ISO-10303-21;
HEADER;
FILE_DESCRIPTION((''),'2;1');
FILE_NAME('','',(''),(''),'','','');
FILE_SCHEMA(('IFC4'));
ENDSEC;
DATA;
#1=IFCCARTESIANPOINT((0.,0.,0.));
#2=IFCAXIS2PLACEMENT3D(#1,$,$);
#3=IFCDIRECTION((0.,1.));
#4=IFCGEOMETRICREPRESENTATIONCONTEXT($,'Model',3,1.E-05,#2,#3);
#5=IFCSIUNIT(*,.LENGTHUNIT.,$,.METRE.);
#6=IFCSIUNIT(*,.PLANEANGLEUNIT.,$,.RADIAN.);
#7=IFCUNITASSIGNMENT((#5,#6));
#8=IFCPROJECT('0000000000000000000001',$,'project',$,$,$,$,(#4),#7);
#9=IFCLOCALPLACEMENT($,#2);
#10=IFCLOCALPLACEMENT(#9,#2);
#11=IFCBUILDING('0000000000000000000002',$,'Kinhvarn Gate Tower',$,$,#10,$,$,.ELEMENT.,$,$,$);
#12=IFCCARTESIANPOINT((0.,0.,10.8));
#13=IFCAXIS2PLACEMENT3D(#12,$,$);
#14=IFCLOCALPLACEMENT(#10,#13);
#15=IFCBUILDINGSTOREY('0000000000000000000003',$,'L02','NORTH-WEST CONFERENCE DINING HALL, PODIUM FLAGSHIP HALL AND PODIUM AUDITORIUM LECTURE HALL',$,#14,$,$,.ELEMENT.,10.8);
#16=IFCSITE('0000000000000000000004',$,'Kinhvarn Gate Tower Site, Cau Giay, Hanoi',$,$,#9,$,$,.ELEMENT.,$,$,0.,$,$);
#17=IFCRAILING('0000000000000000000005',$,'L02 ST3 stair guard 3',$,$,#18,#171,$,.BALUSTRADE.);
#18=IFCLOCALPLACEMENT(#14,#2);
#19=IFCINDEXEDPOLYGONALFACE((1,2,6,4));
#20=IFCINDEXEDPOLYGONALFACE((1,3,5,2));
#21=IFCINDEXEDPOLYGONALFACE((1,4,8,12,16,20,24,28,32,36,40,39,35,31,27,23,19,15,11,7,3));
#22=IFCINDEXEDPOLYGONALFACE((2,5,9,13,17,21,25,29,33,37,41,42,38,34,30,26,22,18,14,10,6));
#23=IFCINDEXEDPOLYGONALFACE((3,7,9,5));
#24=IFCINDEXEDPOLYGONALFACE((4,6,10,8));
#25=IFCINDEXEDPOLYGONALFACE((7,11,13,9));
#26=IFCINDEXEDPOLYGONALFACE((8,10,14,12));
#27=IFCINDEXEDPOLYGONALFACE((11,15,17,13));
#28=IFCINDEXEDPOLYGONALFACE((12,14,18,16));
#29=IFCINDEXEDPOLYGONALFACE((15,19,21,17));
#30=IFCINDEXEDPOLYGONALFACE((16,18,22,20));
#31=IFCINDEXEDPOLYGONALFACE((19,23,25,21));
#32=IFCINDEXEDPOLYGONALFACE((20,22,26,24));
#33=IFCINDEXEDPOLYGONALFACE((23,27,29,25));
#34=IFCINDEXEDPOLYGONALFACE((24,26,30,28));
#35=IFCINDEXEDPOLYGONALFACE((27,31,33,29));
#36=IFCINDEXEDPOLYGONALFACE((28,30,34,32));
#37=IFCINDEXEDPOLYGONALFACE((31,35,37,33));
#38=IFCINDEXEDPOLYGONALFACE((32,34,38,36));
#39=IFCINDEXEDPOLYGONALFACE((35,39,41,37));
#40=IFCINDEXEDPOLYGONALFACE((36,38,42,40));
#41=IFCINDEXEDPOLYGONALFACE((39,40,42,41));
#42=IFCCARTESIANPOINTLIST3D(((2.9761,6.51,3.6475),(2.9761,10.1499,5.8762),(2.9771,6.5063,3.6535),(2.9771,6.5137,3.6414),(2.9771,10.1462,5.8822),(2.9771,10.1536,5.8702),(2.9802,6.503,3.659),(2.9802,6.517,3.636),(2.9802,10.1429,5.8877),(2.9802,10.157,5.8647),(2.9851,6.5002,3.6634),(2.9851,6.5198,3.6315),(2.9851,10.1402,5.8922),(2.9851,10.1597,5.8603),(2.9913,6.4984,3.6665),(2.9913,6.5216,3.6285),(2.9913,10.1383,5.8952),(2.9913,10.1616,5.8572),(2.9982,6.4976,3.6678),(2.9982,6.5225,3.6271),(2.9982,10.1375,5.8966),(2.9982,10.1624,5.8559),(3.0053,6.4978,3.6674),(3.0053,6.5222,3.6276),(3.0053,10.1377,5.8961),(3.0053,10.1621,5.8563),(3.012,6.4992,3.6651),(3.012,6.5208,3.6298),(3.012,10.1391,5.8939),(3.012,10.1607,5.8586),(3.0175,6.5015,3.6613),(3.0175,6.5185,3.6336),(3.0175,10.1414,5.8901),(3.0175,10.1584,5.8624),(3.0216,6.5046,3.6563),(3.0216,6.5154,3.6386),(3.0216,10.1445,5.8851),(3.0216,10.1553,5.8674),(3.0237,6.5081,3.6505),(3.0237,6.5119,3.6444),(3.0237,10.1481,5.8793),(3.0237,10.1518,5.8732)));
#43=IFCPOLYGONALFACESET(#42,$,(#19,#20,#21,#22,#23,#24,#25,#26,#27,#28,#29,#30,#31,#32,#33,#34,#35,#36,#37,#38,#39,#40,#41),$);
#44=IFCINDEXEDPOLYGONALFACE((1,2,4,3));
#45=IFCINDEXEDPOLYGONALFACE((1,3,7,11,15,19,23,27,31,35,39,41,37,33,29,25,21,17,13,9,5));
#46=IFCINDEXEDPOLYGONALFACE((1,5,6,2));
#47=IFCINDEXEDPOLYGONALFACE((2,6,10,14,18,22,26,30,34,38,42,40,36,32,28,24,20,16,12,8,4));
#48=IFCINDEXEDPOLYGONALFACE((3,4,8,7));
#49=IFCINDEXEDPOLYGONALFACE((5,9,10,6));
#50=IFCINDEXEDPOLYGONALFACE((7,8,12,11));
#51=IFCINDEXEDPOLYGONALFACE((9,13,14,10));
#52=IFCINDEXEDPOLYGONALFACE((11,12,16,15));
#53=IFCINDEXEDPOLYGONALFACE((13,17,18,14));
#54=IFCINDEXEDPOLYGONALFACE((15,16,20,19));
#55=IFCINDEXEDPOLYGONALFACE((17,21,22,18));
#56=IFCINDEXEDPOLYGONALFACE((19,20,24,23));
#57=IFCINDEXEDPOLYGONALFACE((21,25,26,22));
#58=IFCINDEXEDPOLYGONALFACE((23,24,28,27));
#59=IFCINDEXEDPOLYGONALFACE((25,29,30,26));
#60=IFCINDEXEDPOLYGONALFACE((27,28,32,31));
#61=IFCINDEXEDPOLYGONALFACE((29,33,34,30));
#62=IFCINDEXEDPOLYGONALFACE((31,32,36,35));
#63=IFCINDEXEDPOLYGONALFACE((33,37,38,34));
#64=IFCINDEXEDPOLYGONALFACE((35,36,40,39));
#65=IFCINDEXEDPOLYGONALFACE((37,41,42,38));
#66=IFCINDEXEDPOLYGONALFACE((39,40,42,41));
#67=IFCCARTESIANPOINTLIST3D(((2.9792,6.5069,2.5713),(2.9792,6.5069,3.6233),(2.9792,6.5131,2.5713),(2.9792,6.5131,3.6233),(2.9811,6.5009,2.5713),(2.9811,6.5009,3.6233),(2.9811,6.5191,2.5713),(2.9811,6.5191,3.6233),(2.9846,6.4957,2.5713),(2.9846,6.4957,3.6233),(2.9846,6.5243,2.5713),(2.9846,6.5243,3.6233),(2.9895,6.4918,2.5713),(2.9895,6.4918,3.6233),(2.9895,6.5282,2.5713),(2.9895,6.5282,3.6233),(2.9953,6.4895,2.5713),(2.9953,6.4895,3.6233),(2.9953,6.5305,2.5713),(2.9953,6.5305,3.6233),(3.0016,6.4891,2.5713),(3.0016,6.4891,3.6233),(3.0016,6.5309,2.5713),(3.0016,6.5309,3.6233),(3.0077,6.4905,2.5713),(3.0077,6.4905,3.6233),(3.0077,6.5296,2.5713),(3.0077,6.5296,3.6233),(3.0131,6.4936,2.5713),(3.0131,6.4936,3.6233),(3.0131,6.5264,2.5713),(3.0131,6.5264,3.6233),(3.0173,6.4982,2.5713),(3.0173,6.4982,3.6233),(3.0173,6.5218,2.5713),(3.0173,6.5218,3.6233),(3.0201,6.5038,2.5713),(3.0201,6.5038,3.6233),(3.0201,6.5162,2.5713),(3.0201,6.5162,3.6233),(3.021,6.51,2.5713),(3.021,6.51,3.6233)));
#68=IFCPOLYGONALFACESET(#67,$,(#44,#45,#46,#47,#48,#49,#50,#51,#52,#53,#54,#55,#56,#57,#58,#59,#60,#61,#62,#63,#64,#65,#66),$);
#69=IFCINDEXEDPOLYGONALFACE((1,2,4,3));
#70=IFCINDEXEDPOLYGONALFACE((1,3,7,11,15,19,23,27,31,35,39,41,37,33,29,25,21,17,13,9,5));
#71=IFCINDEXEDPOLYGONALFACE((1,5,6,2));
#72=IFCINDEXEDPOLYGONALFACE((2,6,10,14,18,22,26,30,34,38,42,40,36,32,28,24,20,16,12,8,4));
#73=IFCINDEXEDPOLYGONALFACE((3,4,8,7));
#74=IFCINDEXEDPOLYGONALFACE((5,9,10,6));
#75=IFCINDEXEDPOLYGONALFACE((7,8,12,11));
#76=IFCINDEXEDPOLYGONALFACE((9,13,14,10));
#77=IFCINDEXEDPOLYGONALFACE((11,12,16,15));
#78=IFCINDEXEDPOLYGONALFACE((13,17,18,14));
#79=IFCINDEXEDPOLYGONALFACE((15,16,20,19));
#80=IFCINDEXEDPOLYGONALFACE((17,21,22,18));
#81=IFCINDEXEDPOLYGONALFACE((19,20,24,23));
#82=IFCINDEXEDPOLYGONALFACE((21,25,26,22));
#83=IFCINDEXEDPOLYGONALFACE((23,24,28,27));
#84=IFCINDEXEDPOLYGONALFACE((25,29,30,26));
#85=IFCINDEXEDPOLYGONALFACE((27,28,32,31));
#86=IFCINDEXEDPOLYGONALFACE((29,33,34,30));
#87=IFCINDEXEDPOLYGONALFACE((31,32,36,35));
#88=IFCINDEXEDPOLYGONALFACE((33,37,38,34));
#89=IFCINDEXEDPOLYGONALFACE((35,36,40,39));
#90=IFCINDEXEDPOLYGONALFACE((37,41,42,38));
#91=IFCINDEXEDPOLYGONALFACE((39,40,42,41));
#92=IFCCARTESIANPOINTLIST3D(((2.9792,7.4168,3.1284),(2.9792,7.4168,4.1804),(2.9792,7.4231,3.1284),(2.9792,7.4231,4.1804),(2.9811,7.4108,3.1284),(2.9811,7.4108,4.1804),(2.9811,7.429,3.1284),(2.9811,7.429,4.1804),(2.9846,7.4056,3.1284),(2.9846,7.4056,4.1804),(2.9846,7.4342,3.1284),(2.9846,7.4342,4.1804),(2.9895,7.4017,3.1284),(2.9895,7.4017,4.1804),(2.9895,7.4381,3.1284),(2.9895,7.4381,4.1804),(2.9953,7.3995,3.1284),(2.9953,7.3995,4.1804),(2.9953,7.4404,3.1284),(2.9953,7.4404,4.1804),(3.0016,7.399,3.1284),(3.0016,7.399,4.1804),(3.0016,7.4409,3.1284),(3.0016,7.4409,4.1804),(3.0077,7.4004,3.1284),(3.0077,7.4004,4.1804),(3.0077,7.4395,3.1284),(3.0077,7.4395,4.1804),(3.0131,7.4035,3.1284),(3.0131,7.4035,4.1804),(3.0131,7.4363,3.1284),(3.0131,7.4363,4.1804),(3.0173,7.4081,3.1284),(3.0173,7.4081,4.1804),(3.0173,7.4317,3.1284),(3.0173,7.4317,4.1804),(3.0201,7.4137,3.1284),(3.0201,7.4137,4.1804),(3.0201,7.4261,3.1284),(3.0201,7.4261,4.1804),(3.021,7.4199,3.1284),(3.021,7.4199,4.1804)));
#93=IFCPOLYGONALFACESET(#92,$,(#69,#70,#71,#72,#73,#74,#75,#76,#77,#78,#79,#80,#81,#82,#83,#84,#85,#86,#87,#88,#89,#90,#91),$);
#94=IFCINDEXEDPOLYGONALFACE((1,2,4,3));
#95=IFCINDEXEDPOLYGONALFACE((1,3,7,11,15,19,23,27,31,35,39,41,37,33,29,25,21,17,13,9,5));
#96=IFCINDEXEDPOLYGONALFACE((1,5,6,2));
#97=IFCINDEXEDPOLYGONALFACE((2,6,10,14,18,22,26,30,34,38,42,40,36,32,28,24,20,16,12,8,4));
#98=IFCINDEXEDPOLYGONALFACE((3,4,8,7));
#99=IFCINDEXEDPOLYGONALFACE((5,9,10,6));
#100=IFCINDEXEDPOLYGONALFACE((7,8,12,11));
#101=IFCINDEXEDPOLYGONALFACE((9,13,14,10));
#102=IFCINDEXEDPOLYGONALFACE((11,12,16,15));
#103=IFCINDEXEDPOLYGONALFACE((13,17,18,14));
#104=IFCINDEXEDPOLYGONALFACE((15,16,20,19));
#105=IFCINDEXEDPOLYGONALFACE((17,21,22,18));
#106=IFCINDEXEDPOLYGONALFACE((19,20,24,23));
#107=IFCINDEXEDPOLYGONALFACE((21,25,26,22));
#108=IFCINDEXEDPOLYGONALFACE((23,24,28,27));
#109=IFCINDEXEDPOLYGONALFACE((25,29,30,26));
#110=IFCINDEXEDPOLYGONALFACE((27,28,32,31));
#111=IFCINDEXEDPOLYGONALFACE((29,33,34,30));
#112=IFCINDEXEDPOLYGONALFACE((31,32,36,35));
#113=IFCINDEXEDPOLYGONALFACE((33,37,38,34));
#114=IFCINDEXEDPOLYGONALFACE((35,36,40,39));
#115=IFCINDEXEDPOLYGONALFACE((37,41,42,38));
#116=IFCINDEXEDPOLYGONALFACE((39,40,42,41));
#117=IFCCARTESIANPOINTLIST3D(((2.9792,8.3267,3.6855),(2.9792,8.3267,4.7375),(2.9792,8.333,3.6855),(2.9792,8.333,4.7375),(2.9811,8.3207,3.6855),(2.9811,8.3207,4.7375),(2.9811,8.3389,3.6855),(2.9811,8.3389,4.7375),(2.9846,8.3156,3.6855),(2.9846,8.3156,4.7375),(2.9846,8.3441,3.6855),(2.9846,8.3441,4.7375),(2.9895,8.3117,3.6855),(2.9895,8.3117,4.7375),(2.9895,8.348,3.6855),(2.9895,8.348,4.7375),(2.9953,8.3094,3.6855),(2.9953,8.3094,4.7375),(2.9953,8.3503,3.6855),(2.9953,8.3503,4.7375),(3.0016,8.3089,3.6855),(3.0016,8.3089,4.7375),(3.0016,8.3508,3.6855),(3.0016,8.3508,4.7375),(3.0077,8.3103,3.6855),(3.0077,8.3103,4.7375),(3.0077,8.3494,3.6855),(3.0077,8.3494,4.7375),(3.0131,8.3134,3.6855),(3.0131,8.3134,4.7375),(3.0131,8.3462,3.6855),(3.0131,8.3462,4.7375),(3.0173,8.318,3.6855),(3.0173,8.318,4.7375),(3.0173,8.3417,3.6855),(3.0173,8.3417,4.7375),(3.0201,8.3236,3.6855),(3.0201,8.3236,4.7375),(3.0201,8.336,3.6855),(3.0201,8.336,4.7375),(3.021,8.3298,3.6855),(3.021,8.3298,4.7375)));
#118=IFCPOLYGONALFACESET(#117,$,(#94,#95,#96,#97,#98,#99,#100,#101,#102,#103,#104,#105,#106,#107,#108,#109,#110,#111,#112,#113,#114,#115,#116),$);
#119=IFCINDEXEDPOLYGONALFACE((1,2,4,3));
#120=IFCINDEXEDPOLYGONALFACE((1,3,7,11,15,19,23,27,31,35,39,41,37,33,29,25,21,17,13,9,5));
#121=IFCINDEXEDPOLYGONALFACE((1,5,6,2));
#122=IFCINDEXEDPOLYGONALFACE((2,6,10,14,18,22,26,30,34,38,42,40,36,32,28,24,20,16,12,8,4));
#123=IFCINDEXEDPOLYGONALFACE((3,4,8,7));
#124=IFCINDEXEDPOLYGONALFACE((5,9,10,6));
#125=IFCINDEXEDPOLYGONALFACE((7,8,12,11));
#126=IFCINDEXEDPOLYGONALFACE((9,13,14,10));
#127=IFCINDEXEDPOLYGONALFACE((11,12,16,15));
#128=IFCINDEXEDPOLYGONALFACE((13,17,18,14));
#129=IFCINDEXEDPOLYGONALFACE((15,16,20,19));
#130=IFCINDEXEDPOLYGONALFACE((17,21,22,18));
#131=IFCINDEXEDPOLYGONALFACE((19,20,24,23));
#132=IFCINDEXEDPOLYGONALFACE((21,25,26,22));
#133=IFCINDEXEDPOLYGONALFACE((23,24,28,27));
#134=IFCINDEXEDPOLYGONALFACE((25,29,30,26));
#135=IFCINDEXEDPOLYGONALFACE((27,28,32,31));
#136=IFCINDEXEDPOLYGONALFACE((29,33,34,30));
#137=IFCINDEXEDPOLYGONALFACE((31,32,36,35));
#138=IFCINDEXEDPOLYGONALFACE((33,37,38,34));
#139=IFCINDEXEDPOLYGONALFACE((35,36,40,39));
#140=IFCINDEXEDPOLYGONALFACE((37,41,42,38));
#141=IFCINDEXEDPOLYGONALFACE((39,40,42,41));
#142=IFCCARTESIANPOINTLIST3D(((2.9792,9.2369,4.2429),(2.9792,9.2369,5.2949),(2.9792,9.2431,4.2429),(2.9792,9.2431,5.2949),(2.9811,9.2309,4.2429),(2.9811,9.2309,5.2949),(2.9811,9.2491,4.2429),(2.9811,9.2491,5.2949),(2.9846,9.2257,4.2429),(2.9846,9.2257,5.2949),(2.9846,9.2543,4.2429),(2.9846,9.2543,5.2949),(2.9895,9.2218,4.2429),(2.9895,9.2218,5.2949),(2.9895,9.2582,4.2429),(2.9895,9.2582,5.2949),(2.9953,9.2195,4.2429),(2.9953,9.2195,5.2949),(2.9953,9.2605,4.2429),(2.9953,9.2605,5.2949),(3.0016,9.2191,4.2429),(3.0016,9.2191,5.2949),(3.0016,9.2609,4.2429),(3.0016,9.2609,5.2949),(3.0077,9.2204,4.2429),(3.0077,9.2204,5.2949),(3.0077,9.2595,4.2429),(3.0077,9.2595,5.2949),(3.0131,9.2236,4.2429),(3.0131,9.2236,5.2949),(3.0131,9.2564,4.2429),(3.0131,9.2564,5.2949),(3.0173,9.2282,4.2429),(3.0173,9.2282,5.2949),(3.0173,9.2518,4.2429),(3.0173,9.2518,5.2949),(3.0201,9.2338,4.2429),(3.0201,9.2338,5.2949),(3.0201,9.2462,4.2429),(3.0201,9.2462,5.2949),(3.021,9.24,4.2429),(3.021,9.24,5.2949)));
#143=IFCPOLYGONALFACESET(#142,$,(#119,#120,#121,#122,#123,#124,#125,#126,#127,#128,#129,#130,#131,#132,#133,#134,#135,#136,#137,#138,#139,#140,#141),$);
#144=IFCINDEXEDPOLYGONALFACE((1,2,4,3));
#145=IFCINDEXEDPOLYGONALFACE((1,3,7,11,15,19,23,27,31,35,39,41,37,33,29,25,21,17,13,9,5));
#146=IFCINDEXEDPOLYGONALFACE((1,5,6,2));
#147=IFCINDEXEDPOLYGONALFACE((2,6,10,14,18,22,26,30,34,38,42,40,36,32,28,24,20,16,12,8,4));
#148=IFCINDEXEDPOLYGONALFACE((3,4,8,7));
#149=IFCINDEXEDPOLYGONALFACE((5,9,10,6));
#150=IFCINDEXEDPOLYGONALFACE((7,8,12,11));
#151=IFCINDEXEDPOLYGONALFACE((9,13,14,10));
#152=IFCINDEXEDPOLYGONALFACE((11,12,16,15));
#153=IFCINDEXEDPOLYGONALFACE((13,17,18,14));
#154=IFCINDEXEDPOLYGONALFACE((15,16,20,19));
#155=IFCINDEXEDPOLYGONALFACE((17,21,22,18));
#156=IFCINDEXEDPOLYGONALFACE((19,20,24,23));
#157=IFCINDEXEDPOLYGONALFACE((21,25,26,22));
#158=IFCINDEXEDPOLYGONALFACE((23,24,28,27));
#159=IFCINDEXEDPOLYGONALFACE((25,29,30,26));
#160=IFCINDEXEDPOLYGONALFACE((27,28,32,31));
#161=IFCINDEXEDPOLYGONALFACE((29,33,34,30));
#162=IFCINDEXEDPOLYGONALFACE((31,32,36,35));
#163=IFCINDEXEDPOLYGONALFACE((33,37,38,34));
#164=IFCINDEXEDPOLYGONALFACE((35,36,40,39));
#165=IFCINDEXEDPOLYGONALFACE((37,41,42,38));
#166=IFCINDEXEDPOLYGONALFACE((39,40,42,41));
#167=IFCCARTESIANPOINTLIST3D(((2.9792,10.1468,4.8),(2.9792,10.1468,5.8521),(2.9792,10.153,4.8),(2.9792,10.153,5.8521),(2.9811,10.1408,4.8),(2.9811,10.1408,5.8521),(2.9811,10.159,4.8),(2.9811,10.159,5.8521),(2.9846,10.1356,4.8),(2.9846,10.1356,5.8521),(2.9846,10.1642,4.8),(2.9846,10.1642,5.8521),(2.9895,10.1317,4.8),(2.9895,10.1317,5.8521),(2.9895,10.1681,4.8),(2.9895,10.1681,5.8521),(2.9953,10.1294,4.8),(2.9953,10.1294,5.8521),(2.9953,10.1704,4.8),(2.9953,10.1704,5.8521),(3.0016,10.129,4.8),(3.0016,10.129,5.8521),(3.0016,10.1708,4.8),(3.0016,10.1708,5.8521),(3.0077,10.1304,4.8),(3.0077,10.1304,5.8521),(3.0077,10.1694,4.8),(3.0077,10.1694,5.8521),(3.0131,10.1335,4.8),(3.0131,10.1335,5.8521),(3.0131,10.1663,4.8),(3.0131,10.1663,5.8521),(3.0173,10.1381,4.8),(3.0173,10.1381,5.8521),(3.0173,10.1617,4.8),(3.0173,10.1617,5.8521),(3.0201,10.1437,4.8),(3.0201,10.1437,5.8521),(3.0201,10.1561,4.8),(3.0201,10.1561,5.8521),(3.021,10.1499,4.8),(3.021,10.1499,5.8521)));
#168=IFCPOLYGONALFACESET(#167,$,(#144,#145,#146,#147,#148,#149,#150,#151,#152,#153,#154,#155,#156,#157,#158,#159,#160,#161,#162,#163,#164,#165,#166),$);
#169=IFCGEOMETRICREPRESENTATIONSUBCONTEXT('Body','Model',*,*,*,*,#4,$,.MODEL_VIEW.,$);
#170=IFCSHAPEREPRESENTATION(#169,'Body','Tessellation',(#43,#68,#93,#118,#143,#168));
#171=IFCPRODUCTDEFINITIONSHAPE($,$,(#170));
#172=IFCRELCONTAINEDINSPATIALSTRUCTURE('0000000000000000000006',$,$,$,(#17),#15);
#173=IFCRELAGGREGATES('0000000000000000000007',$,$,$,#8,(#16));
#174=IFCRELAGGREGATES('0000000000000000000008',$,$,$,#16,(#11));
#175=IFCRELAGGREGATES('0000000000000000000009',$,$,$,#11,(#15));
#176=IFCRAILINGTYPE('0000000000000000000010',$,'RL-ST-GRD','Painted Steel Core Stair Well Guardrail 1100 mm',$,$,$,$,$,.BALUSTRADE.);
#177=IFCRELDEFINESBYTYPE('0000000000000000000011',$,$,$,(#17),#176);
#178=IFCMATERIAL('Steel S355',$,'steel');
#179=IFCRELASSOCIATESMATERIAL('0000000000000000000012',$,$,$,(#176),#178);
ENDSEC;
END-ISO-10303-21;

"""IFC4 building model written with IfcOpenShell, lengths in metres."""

from ifc_helpers import new_model, si_unit, direction, frame, origin, origin_2d, place, context, subcontext, project, spatial, circle, extrude, material, type_object, element, save


model = new_model("IFC4")

# Units and contexts
model_context = context("Model", 3, precision=1e-05, world=origin(), true_north=direction((0.0, 1.0)))
body_context = subcontext(model_context, "Body", "Model", "MODEL_VIEW")
ifc_project = project(units=[si_unit("LENGTHUNIT", "METRE"), si_unit("PLANEANGLEUNIT", "RADIAN")], contexts=[model_context])

# Site, building, storey
site_placement = place(None, origin())
site = spatial("IfcSite", under=ifc_project, at=site_placement, Name="Kinhvarn Gate Tower Site, Cau Giay, Hanoi", CompositionType="ELEMENT", RefElevation=0.0)
building_placement = place(site_placement, origin())
building = spatial("IfcBuilding", under=site, at=building_placement, Name="Kinhvarn Gate Tower", CompositionType="ELEMENT")
storey_placement = place(building_placement, frame((0.0, 0.0, 10.8)))
storey = spatial("IfcBuildingStorey", under=building, at=storey_placement, Name="L02", Description="NORTH-WEST CONFERENCE DINING HALL, PODIUM FLAGSHIP HALL AND PODIUM AUDITORIUM LECTURE HALL", CompositionType="ELEMENT", Elevation=10.8)

# Shared definitions
ifc_material_1 = material(Name="Steel S355", Category="steel")

# Railing
railing_type_1 = type_object("IfcRailingType", Name="RL-ST-GRD", Description="Painted Steel Core Stair Well Guardrail 1100 mm", PredefinedType="BALUSTRADE", material=ifc_material_1)
railing_1_placement = place(storey_placement, frame((3.0, 6.51, 2.5713)))
element("IfcRailing", 1, at=railing_1_placement, inside=storey, type_object=railing_type_1, Name="L02 ST3 stair guard 3", PredefinedType="BALUSTRADE", context=body_context, shape_type="SweptSolid", body=[
    extrude(circle(Radius=0.0239, at=origin_2d()), frame((0.0, 0.0, 1.0762), z_axis=(0.0, 0.852825, 0.522197), x_axis=(-1.0, 0.0, 0.0)), (0.0, 0.0, 1.0), 4.2681),
    extrude(circle(Radius=0.021, at=origin_2d()), origin(), (0.0, 0.0, 1.0), 1.052),
    extrude(circle(Radius=0.021, at=origin_2d()), frame((0.0, 0.9099, 0.5571)), (0.0, 0.0, 1.0), 1.052),
    extrude(circle(Radius=0.021, at=origin_2d()), frame((0.0, 1.8198, 1.1143)), (0.0, 0.0, 1.0), 1.052),
    extrude(circle(Radius=0.021, at=origin_2d()), frame((0.0, 2.73, 1.6716)), (0.0, 0.0, 1.0), 1.052),
    extrude(circle(Radius=0.021, at=origin_2d()), frame((0.0, 3.6399, 2.2288)), (0.0, 0.0, 1.0), 1.052),
])

save(model, "model.ifc")
